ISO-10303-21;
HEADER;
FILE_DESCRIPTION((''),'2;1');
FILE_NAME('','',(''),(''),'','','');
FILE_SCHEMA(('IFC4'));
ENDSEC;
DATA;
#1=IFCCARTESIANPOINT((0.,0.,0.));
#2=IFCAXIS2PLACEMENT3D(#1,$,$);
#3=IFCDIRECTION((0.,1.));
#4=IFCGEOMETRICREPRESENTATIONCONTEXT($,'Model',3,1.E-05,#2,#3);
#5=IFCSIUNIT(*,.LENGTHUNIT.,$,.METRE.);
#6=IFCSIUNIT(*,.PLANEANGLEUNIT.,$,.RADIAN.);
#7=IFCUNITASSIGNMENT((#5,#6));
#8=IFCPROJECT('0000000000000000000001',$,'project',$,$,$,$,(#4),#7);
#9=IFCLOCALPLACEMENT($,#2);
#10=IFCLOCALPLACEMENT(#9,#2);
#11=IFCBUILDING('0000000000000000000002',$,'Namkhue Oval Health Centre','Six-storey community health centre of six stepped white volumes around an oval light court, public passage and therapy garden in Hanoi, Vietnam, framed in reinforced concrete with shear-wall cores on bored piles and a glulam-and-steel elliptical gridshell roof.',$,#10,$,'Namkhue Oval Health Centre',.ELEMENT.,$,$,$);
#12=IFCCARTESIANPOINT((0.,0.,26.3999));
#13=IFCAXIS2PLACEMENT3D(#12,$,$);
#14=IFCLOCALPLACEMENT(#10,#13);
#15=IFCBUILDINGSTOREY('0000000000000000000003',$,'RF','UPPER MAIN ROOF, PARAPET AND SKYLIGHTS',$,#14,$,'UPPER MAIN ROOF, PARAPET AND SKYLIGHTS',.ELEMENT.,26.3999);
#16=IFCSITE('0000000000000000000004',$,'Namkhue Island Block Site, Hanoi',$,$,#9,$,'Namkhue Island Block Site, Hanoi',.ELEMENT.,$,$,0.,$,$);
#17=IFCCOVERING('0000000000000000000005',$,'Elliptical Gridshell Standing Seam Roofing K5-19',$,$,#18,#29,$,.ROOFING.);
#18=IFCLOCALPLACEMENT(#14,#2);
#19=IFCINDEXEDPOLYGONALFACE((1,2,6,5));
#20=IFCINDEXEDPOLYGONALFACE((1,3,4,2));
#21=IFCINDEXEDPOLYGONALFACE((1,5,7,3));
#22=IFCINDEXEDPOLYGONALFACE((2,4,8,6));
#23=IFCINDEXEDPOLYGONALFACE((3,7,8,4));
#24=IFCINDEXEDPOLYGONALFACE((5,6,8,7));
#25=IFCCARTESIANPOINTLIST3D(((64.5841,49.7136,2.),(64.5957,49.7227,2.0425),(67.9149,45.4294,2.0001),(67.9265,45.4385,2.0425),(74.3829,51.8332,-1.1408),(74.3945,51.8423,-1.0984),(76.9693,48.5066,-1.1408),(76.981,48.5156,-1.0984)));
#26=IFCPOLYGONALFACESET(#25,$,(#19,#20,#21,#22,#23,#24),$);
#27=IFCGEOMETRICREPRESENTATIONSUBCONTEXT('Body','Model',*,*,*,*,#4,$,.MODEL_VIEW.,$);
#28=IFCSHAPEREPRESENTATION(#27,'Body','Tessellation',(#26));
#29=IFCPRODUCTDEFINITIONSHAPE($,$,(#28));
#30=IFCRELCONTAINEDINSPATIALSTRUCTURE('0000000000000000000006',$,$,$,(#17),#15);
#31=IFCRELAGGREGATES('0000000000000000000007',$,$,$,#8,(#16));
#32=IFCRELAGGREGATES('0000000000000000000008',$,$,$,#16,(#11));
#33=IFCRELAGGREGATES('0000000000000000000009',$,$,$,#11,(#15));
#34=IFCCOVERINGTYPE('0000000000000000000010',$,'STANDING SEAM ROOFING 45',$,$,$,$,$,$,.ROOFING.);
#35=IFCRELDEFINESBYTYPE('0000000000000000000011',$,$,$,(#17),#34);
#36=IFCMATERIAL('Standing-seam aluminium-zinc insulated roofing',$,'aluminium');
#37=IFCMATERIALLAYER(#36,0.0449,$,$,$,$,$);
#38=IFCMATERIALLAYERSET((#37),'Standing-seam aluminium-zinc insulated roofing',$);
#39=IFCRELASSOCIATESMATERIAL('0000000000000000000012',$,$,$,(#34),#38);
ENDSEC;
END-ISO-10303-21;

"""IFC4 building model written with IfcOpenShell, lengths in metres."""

from ifc_helpers import new_model, si_unit, direction, frame, origin, place, context, subcontext, project, spatial, polyline, outline, extrude, material, layer, layer_set, type_object, element, save


model = new_model("IFC4")

# Units and contexts
model_context = context("Model", 3, precision=1e-05, world=origin(), true_north=direction((0.0, 1.0)))
body_context = subcontext(model_context, "Body", "Model", "MODEL_VIEW")
ifc_project = project(units=[si_unit("LENGTHUNIT", "METRE"), si_unit("PLANEANGLEUNIT", "RADIAN")], contexts=[model_context])

# Site, building, storey
site_placement = place(None, origin())
site = spatial("IfcSite", under=ifc_project, at=site_placement, Name="Namkhue Island Block Site, Hanoi", LongName="Namkhue Island Block Site, Hanoi", CompositionType="ELEMENT", RefElevation=0.0)
building_placement = place(site_placement, origin())
building = spatial("IfcBuilding", under=site, at=building_placement, Name="Namkhue Oval Health Centre", Description="Six-storey community health centre of six stepped white volumes around an oval light court, public passage and therapy garden in Hanoi, Vietnam, framed in reinforced concrete with shear-wall cores on bored piles and a glulam-and-steel elliptical gridshell roof.", LongName="Namkhue Oval Health Centre", CompositionType="ELEMENT")
storey_placement = place(building_placement, frame((0.0, 0.0, 26.3999)))
storey = spatial("IfcBuildingStorey", under=building, at=storey_placement, Name="RF", Description="UPPER MAIN ROOF, PARAPET AND SKYLIGHTS", LongName="UPPER MAIN ROOF, PARAPET AND SKYLIGHTS", CompositionType="ELEMENT", Elevation=26.3999)

# Covering
ifc_material_1 = material(Name="Standing-seam aluminium-zinc insulated roofing", Category="aluminium")
ifc_layer_1 = layer(ifc_material_1, 0.0449)
ifc_layer_set_1 = layer_set([ifc_layer_1], Name="Standing-seam aluminium-zinc insulated roofing")
covering_type_1 = type_object("IfcCoveringType", Name="STANDING SEAM ROOFING 45", PredefinedType="ROOFING", material=ifc_layer_set_1)
covering_1_placement = place(storey_placement, frame((64.5957, 49.7227, 2.0425), z_axis=(0.25918, 0.201506, 0.944575), x_axis=(0.613788, -0.789471, 0.000001)))
element("IfcCovering", 1, at=covering_1_placement, inside=storey, type_object=covering_type_1, Name="Elliptical Gridshell Standing Seam Roofing K5-19", PredefinedType="ROOFING", context=body_context, shape_type="SweptSolid", body=[
    extrude(outline(polyline([(0.0, 0.0), (5.4266, 0.0), (8.5548, 9.5672), (4.341, 9.5672), (0.0, 0.0)])), origin(), (0.0, 0.0, -1.0), 0.0449),
])

save(model, "model.ifc")
